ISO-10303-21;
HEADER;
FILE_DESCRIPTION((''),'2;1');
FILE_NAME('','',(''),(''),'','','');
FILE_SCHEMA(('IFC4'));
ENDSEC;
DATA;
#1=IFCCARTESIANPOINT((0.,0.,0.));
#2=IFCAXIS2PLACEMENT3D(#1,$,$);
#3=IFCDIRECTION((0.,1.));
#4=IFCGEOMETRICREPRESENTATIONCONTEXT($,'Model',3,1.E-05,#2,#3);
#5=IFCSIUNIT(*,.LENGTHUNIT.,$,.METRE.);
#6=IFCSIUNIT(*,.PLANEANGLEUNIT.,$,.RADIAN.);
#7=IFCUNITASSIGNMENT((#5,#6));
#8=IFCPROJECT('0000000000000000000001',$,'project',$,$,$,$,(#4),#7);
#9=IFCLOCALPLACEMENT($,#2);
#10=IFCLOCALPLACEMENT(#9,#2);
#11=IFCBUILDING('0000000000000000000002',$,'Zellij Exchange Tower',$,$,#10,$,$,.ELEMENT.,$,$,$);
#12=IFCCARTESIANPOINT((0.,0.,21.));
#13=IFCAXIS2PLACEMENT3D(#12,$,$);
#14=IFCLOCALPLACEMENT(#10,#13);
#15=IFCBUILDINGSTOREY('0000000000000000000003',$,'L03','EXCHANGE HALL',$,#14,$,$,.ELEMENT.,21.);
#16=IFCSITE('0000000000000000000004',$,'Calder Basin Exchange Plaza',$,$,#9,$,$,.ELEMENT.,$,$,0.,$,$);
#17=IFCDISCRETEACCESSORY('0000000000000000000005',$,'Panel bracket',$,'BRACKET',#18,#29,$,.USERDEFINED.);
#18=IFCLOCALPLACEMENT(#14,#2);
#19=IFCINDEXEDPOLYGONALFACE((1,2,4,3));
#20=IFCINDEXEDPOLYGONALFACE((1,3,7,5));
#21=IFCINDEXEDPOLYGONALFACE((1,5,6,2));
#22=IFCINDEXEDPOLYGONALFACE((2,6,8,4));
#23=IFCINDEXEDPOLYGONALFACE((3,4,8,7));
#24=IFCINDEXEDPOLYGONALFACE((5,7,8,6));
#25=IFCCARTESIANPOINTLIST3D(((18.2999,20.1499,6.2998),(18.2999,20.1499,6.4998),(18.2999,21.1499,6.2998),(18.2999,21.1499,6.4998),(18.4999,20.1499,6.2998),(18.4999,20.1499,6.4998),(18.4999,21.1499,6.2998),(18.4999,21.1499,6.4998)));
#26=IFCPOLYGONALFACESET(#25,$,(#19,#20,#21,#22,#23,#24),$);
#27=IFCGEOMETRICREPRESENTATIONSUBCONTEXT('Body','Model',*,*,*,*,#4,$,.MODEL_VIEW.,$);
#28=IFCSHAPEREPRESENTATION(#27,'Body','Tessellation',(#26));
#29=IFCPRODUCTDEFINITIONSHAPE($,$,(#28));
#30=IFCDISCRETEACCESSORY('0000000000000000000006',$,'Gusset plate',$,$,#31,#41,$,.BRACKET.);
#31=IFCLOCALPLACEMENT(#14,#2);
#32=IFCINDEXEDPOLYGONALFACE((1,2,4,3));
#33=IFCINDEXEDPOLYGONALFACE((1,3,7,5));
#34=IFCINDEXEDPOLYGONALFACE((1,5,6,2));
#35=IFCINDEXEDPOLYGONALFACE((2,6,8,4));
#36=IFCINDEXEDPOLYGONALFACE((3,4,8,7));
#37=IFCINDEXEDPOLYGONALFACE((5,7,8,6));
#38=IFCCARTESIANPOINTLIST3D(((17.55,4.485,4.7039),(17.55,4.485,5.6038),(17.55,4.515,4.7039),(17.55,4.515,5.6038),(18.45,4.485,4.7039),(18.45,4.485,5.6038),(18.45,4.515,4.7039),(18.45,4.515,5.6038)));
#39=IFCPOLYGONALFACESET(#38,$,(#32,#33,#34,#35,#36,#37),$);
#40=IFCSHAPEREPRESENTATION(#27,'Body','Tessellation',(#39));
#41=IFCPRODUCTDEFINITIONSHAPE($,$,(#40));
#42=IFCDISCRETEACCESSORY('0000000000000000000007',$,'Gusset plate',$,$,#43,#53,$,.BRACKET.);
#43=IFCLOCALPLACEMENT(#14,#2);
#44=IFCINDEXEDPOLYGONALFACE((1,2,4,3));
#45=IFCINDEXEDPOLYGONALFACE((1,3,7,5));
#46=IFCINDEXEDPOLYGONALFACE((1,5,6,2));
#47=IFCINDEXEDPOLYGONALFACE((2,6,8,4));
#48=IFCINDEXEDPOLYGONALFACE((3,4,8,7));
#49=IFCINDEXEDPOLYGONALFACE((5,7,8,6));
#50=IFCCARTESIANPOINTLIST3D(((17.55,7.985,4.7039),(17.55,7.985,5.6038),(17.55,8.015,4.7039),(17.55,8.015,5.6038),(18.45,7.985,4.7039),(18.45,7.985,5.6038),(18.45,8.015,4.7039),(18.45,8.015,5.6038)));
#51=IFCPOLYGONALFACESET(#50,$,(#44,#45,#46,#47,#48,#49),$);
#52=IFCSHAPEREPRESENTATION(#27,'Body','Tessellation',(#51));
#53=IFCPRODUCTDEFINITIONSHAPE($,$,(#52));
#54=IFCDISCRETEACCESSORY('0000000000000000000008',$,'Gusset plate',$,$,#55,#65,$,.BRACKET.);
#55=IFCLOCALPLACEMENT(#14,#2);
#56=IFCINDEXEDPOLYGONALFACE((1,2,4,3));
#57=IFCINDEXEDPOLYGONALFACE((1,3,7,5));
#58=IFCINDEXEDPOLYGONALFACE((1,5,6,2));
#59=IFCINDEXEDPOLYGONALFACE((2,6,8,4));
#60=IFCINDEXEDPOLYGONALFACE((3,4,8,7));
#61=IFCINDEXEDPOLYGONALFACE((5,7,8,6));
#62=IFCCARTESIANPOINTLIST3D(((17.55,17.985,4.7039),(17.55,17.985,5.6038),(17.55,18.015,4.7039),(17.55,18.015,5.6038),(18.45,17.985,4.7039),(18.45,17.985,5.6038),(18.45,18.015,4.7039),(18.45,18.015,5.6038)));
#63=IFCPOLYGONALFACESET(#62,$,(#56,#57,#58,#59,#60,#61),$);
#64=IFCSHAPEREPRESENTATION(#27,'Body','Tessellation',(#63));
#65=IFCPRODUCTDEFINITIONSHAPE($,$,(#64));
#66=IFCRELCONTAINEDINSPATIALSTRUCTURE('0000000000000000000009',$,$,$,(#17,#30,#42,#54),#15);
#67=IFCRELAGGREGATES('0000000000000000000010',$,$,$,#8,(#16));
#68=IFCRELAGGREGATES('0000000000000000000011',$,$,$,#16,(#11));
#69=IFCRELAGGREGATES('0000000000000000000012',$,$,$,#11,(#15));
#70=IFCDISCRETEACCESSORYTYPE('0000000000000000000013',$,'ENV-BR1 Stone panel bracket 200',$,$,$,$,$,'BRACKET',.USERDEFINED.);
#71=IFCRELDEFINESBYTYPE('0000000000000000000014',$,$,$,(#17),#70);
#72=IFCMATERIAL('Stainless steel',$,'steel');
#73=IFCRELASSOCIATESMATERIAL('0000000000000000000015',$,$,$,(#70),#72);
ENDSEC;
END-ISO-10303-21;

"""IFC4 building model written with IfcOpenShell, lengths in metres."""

from ifc_helpers import new_model, si_unit, direction, frame, origin, origin_2d, place, context, subcontext, project, spatial, rectangle, extrude, material, type_object, element, save


model = new_model("IFC4")

# Units and contexts
model_context = context("Model", 3, precision=1e-05, world=origin(), true_north=direction((0.0, 1.0)))
body_context = subcontext(model_context, "Body", "Model", "MODEL_VIEW")
ifc_project = project(units=[si_unit("LENGTHUNIT", "METRE"), si_unit("PLANEANGLEUNIT", "RADIAN")], contexts=[model_context])

# Site, building, storey
site_placement = place(None, origin())
site = spatial("IfcSite", under=ifc_project, at=site_placement, Name="Calder Basin Exchange Plaza", CompositionType="ELEMENT", RefElevation=0.0)
building_placement = place(site_placement, origin())
building = spatial("IfcBuilding", under=site, at=building_placement, Name="Zellij Exchange Tower", CompositionType="ELEMENT")
storey_placement = place(building_placement, frame((0.0, 0.0, 21.0)))
storey = spatial("IfcBuildingStorey", under=building, at=storey_placement, Name="L03", Description="EXCHANGE HALL", CompositionType="ELEMENT", Elevation=21.0)

# Discrete accessories
ifc_material_1 = material(Name="Stainless steel", Category="steel")
discrete_accessory_type = type_object("IfcDiscreteAccessoryType", Name="ENV-BR1 Stone panel bracket 200", ElementType="BRACKET", PredefinedType="USERDEFINED", material=ifc_material_1)
for number, where, z_axis, x_axis, name in (
    (1, (18.3999, 20.6499, 6.2998), (0.0, 0.0, 1.0), (-1.0, 0.0, 0.0), "Panel bracket"),
):
    element("IfcDiscreteAccessory", number, at=place(storey_placement, frame(where, z_axis=z_axis, x_axis=x_axis)), inside=storey, type_object=discrete_accessory_type, Name=name, ObjectType="BRACKET", PredefinedType="USERDEFINED", context=body_context, shape_type="SweptSolid", body=[
        extrude(rectangle(XDim=0.2, YDim=1.0, at=origin_2d()), origin(), (0.0, 0.0, 1.0), 0.2),
    ])
for number, where, z_axis, x_axis, name in (
    (2, (18.0, 4.5, 4.7039), (0.0, 0.0, 1.0), (1.0, 0.0, 0.0), "Gusset plate"),
    (3, (18.0, 8.0, 4.7039), (0.0, 0.0, 1.0), (1.0, 0.0, 0.0), "Gusset plate"),
    (4, (18.0, 18.0, 4.7039), (0.0, 0.0, 1.0), (1.0, 0.0, 0.0), "Gusset plate"),
):
    element("IfcDiscreteAccessory", number, at=place(storey_placement, frame(where, z_axis=z_axis, x_axis=x_axis)), inside=storey, Name=name, PredefinedType="BRACKET", context=body_context, shape_type="SweptSolid", body=[
        extrude(rectangle(XDim=0.8999, YDim=0.03, at=origin_2d()), origin(), (0.0, 0.0, 1.0), 0.8999),
    ])

save(model, "model.ifc")
